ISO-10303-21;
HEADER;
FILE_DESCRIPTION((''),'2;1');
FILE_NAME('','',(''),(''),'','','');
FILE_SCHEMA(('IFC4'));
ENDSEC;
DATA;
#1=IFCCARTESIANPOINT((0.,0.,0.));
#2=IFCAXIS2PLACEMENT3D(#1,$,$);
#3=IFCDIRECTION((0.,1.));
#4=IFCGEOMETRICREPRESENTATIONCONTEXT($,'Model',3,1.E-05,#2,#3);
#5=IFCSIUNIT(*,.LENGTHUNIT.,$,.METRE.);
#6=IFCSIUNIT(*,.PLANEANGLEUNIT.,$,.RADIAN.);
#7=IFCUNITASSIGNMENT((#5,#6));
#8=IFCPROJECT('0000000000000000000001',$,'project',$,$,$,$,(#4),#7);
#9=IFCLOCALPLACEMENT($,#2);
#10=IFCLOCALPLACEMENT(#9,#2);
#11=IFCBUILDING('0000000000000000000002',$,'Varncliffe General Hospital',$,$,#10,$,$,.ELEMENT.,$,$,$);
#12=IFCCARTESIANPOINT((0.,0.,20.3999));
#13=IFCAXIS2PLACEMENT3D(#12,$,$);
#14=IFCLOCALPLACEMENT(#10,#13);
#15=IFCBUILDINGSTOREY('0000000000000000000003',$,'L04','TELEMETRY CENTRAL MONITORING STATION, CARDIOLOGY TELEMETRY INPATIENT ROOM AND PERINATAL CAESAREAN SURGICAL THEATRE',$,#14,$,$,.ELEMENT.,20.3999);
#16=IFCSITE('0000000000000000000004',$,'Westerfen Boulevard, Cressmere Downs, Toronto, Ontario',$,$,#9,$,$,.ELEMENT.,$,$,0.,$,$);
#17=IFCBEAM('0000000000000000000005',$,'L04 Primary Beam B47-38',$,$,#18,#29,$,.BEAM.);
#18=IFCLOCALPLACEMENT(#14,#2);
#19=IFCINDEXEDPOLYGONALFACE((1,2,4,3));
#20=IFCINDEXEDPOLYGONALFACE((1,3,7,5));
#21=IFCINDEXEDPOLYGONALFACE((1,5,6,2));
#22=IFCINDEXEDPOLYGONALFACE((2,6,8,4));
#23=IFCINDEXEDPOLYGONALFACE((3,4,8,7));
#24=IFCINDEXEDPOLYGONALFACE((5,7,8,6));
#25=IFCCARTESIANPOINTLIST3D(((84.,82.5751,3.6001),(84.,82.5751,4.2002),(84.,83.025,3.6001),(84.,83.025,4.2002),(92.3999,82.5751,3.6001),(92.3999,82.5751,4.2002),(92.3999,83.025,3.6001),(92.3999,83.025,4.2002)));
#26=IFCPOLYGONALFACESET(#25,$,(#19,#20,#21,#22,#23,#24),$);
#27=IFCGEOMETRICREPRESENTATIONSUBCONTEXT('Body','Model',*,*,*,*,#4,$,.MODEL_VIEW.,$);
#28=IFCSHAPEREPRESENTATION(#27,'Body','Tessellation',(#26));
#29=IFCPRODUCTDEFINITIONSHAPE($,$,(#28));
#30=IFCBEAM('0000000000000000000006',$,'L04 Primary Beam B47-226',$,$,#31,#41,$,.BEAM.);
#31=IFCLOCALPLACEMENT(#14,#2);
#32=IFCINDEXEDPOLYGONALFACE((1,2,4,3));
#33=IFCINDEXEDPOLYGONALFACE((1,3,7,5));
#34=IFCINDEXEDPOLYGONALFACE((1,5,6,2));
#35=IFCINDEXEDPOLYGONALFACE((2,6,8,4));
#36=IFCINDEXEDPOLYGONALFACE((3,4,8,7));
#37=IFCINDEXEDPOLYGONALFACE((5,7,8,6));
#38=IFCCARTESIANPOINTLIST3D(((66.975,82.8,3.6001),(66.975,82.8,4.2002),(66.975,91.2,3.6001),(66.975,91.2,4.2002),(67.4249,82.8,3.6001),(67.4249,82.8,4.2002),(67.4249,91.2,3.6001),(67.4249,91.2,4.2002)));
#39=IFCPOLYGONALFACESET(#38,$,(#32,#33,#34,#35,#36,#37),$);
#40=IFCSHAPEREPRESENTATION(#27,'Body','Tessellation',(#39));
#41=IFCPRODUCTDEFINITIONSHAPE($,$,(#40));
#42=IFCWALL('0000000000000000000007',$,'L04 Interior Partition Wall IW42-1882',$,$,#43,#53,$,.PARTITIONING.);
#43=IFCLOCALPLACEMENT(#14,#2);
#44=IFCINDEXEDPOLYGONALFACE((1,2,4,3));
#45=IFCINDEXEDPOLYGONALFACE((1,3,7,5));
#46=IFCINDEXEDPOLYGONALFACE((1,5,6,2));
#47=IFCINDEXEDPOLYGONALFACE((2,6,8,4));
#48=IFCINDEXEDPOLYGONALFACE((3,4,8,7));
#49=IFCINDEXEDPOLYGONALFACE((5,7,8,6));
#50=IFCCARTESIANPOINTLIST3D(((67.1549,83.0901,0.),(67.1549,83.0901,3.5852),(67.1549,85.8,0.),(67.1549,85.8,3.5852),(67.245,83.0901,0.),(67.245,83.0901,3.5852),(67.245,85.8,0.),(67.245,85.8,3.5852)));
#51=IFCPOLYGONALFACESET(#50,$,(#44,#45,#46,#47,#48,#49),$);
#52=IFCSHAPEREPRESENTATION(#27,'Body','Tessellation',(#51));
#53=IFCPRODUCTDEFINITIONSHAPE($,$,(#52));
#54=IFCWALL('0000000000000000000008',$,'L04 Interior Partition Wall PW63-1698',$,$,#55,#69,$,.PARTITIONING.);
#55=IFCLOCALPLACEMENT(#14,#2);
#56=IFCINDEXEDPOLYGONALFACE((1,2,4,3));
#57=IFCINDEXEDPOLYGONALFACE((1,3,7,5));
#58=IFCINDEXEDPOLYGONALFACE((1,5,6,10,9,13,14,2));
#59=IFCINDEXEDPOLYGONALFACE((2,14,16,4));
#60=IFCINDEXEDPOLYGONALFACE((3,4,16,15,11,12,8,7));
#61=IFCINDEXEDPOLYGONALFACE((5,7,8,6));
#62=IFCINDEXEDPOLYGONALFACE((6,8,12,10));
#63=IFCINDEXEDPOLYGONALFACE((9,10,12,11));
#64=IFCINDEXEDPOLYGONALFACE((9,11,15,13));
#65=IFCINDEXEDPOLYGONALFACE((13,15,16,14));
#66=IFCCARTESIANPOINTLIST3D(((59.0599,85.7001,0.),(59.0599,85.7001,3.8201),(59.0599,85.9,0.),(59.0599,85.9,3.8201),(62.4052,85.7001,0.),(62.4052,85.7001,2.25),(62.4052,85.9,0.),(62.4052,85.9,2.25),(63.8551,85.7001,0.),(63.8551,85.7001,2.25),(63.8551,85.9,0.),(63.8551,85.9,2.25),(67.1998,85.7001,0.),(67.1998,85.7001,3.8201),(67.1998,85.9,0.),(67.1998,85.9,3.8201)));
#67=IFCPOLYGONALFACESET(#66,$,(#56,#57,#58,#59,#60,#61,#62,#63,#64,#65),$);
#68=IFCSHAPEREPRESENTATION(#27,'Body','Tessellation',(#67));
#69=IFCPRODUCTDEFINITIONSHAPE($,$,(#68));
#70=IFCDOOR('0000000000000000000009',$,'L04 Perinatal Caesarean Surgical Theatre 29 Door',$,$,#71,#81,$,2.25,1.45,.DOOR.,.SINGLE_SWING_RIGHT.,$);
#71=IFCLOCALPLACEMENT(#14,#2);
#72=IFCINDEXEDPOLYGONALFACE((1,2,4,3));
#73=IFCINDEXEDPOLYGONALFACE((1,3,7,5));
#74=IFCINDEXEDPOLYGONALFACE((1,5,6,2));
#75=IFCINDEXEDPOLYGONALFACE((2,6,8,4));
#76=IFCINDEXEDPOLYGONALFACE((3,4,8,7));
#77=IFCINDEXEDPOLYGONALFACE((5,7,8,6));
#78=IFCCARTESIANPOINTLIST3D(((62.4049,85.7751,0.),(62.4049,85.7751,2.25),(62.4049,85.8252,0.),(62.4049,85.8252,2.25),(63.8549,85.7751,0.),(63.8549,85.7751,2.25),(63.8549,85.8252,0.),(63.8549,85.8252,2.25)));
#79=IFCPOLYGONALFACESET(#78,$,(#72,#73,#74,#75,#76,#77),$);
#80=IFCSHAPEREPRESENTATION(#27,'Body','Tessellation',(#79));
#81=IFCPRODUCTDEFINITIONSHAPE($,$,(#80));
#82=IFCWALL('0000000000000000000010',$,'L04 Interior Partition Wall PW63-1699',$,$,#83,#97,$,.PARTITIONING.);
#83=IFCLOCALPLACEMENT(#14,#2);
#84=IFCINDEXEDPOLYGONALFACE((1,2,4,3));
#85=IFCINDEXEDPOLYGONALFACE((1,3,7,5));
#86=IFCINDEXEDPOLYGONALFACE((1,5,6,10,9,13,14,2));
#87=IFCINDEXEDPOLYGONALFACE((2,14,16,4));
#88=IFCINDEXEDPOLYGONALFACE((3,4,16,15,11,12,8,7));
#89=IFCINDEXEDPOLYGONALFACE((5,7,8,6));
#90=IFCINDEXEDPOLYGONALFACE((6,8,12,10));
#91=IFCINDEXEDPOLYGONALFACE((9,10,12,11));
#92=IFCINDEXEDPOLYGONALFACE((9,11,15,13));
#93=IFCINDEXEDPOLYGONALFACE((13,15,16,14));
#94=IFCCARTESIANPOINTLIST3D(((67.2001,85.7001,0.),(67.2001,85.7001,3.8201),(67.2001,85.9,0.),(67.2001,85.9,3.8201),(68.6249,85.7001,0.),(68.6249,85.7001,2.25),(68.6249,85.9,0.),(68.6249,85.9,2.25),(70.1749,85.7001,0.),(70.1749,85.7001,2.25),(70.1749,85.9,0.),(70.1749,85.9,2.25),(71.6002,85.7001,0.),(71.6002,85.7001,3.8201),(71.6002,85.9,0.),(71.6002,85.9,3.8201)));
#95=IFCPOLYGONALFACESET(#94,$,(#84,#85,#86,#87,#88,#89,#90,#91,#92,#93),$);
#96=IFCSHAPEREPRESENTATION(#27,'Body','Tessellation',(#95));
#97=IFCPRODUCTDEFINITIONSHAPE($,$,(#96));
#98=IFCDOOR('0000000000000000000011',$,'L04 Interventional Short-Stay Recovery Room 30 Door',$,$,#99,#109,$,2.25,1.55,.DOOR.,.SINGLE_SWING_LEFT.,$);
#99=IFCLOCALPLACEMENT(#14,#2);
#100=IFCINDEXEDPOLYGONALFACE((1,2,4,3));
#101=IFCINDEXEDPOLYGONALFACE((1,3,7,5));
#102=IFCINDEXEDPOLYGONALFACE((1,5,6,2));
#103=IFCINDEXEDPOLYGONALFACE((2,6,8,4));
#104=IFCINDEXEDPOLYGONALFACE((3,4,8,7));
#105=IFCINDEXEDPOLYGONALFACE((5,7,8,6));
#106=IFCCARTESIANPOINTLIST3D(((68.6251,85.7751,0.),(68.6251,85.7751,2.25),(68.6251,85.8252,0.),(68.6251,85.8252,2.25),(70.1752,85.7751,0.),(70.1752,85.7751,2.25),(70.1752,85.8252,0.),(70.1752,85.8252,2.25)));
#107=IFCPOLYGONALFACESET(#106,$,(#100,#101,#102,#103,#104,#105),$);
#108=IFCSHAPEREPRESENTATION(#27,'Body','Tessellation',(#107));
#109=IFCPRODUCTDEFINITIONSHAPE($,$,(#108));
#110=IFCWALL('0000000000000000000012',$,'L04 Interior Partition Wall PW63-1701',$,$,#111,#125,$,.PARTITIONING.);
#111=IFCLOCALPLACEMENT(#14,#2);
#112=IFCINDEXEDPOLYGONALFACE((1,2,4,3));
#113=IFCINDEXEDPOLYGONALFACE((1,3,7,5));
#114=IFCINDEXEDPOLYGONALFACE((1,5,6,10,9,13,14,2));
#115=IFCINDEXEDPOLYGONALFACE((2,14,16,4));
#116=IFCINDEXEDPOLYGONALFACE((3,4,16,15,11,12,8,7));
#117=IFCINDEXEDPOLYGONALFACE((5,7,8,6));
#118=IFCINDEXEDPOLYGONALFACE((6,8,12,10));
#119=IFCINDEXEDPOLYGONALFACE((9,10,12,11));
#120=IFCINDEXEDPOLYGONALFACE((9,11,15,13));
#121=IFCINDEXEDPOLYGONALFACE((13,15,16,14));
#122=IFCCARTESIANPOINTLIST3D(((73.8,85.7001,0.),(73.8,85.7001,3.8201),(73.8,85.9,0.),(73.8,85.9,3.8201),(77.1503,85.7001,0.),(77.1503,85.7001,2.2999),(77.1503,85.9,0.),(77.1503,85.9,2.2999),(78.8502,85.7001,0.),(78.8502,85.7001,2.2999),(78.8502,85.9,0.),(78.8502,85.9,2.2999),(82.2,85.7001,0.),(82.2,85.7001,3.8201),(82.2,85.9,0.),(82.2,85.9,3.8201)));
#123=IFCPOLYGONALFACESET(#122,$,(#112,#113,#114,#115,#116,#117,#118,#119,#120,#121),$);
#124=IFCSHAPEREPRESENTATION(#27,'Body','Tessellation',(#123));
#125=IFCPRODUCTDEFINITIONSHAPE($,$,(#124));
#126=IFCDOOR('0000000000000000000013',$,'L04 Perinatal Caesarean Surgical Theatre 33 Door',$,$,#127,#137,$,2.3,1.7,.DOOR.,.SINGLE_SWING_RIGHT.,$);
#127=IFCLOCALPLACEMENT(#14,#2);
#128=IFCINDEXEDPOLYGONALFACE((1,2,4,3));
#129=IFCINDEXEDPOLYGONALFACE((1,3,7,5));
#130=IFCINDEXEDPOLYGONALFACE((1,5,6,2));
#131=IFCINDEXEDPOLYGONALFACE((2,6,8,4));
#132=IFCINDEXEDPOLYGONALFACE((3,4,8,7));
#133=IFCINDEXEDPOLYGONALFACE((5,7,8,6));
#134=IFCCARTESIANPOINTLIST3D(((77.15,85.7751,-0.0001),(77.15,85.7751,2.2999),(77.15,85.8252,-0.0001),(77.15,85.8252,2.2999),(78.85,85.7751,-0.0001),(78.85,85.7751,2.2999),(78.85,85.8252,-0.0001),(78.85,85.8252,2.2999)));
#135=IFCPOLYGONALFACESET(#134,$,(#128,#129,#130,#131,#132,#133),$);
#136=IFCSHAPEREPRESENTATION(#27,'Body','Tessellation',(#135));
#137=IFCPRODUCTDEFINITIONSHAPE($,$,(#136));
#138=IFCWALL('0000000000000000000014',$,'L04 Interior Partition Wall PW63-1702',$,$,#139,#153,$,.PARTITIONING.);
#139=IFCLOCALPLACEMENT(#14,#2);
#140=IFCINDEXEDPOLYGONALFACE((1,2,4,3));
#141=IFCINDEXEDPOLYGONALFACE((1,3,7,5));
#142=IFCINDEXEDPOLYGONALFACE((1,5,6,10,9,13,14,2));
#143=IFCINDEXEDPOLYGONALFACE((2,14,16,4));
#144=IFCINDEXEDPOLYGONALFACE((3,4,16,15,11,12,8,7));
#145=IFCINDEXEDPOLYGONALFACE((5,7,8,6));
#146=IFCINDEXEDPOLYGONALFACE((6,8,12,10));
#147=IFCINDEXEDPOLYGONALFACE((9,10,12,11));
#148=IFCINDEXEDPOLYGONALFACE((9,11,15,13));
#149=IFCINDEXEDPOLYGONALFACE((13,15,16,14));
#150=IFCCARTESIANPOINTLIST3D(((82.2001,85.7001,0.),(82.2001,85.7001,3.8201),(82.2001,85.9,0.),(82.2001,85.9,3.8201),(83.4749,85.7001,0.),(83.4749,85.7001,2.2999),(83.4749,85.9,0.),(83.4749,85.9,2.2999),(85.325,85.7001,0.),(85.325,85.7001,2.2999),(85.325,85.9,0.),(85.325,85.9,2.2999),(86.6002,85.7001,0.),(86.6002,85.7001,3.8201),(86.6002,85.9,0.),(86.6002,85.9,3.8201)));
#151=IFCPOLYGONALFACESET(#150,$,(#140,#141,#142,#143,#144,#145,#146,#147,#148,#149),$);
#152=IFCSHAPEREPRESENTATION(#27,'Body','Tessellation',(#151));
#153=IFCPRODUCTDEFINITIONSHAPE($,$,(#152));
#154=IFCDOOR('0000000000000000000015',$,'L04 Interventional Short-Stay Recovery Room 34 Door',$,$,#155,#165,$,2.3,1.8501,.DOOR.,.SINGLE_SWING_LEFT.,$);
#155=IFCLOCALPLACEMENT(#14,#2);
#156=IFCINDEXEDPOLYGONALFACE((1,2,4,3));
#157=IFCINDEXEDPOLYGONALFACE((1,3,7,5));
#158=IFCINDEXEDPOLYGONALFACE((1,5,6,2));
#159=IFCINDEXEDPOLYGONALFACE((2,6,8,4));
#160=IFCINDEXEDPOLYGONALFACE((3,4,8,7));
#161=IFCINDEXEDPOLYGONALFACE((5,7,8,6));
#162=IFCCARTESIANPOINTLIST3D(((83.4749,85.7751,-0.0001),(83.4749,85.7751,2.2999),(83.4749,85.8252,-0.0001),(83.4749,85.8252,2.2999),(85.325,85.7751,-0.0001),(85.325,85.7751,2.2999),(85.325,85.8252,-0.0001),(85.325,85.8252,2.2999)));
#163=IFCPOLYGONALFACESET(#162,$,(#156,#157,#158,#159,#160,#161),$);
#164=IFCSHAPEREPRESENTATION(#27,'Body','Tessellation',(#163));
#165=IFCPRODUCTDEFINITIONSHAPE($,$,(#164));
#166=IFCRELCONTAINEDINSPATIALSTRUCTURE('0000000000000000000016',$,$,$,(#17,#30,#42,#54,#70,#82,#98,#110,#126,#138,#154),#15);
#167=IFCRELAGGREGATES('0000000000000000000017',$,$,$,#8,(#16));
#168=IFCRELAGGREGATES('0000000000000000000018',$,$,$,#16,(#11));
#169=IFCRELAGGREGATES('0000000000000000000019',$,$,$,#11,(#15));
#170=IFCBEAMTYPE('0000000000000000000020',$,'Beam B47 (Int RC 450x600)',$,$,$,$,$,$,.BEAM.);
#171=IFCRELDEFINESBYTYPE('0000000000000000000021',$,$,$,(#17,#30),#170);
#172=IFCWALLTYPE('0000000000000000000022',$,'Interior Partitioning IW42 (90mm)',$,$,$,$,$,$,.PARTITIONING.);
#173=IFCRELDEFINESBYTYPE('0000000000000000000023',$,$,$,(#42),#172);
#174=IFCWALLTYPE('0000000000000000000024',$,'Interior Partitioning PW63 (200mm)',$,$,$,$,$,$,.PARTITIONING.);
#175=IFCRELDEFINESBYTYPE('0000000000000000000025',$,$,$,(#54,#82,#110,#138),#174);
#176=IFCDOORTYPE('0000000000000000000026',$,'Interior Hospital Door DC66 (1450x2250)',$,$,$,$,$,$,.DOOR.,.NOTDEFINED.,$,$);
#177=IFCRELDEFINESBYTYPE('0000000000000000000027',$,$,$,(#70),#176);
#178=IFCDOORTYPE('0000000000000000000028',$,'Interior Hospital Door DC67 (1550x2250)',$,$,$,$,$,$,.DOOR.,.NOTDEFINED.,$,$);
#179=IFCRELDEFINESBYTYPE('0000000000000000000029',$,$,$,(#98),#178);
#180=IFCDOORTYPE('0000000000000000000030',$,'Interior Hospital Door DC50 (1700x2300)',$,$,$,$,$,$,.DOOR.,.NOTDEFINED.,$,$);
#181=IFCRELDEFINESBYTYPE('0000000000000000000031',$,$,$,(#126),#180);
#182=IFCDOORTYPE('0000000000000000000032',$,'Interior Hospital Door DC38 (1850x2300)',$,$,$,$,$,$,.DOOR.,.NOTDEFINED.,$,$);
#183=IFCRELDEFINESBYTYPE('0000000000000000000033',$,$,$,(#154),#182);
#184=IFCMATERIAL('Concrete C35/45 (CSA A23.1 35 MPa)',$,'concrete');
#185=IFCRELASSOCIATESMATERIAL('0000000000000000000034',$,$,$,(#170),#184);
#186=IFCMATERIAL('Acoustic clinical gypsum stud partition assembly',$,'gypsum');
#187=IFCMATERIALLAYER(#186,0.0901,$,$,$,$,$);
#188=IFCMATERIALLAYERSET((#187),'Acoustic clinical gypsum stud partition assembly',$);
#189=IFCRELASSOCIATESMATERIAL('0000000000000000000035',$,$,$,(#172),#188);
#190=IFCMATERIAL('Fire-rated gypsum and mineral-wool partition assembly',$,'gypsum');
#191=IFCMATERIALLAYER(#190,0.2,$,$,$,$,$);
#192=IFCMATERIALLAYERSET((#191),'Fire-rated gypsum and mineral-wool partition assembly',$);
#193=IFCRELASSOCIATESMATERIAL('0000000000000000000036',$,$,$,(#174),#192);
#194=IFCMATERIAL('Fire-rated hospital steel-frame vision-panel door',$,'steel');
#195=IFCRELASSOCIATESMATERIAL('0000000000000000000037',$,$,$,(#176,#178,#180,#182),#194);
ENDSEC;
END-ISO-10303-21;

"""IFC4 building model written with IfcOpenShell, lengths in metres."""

from ifc_helpers import new_model, si_unit, direction, frame, frame_2d, origin, origin_2d, place, context, subcontext, project, spatial, rectangle, extrude, material, layer, layer_set, material_profile, profile_set, type_object, element, fill, save


model = new_model("IFC4")

# Units and contexts
model_context = context("Model", 3, precision=1e-05, world=origin(), true_north=direction((0.0, 1.0)))
body_context = subcontext(model_context, "Body", "Model", "MODEL_VIEW")
ifc_project = project(units=[si_unit("LENGTHUNIT", "METRE"), si_unit("PLANEANGLEUNIT", "RADIAN")], contexts=[model_context])

# Site, building, storey
site_placement = place(None, origin())
site = spatial("IfcSite", under=ifc_project, at=site_placement, Name="Westerfen Boulevard, Cressmere Downs, Toronto, Ontario", CompositionType="ELEMENT", RefElevation=0.0)
building_placement = place(site_placement, origin())
building = spatial("IfcBuilding", under=site, at=building_placement, Name="Varncliffe General Hospital", CompositionType="ELEMENT")
storey_placement = place(building_placement, frame((0.0, 0.0, 20.3999)))
storey = spatial("IfcBuildingStorey", under=building, at=storey_placement, Name="L04", Description="TELEMETRY CENTRAL MONITORING STATION, CARDIOLOGY TELEMETRY INPATIENT ROOM AND PERINATAL CAESAREAN SURGICAL THEATRE", CompositionType="ELEMENT", Elevation=20.3999)

# Beams
ifc_material_1 = material(Name="Concrete C35/45 (CSA A23.1 35 MPa)", Category="concrete")
ifc_material_profile_1 = material_profile(ifc_material_1, rectangle(XDim=0.45, YDim=0.6001, at=origin_2d()), Name="RC 450x600")
ifc_profile_set_1 = profile_set([ifc_material_profile_1], Name="Concrete C35/45 (CSA A23.1 35 MPa)")
beam_type_1 = type_object("IfcBeamType", Name="Beam B47 (Int RC 450x600)", PredefinedType="BEAM", material=ifc_profile_set_1)
for number, where, z_axis, x_axis, name in (
    (1, (84.0, 82.8, 3.9001), (1.0, 0.0, 0.0), (0.0, 1.0, 0.0), "L04 Primary Beam B47-38"),
    (2, (67.2, 82.8, 3.9001), (0.0, 1.0, 0.0), (-1.0, 0.0, 0.0), "L04 Primary Beam B47-226"),
):
    element("IfcBeam", number, at=place(storey_placement, frame(where, z_axis=z_axis, x_axis=x_axis)), inside=storey, type_object=beam_type_1, Name=name, PredefinedType="BEAM", context=body_context, shape_type="SweptSolid", body=[
        extrude(rectangle(XDim=0.45, YDim=0.6001, at=origin_2d()), origin(), (0.0, 0.0, 1.0), 8.3999),
    ])

# Wall
ifc_material_2 = material(Name="Acoustic clinical gypsum stud partition assembly", Category="gypsum")
ifc_layer_1 = layer(ifc_material_2, 0.0901)
ifc_layer_set_1 = layer_set([ifc_layer_1], Name="Acoustic clinical gypsum stud partition assembly")
wall_type_1 = type_object("IfcWallType", Name="Interior Partitioning IW42 (90mm)", PredefinedType="PARTITIONING", material=ifc_layer_set_1)
wall_1_placement = place(storey_placement, frame((67.2, 83.0901, 0.0), z_axis=(0.0, 0.0, 1.0), x_axis=(0.0, 1.0, 0.0)))
element("IfcWall", 3, at=wall_1_placement, inside=storey, type_object=wall_type_1, Name="L04 Interior Partition Wall IW42-1882", PredefinedType="PARTITIONING", context=body_context, shape_type="SweptSolid", body=[
    extrude(rectangle(XDim=2.71, YDim=0.0901, at=frame_2d((1.355, 0.0))), origin(), (0.0, 0.0, 1.0), 3.5852),
])

# Walls, openings, doors
ifc_material_3 = material(Name="Fire-rated gypsum and mineral-wool partition assembly", Category="gypsum")
ifc_layer_2 = layer(ifc_material_3, 0.2)
ifc_layer_set_2 = layer_set([ifc_layer_2], Name="Fire-rated gypsum and mineral-wool partition assembly")
wall_type_2 = type_object("IfcWallType", Name="Interior Partitioning PW63 (200mm)", PredefinedType="PARTITIONING", material=ifc_layer_set_2)
wall_2_placement = place(storey_placement, frame((59.0601, 85.8, 0.0), z_axis=(0.0, 0.0, 1.0), x_axis=(1.0, 0.0, 0.0)))
wall_2 = element("IfcWall", 4, at=wall_2_placement, inside=storey, type_object=wall_type_2, Name="L04 Interior Partition Wall PW63-1698", PredefinedType="PARTITIONING", context=body_context, shape_type="SweptSolid", body=[
    extrude(rectangle(XDim=8.1399, YDim=0.2, at=frame_2d((4.0698, 0.0))), origin(), (0.0, 0.0, 1.0), 3.8201),
])
opening_1_placement = place(wall_2_placement, frame((3.345, 0.0, 0.0)))
opening_1 = element("IfcOpeningElement", 5, at=opening_1_placement, cuts=wall_2, PredefinedType="OPENING", context=body_context, shape_type="SweptSolid", body=[
    extrude(rectangle(XDim=1.45, YDim=2.25, at=frame_2d((0.7251, 1.125))), frame((0.0, 0.1099, 0.0), z_axis=(0.0, -1.0, 0.0), x_axis=(1.0, 0.0, 0.0)), (0.0, 0.0, 1.0), 0.22),
])
ifc_material_4 = material(Name="Fire-rated hospital steel-frame vision-panel door", Category="steel")
door_type_1 = type_object("IfcDoorType", Name="Interior Hospital Door DC66 (1450x2250)", OperationType="NOTDEFINED", PredefinedType="DOOR", material=ifc_material_4)
door_1_placement = place(opening_1_placement, frame((1.45, 0.0, 0.0), z_axis=(0.0, 0.0, 1.0), x_axis=(-1.0, 0.0, 0.0)))
door_1 = element("IfcDoor", 6, at=door_1_placement, inside=storey, type_object=door_type_1, Name="L04 Perinatal Caesarean Surgical Theatre 29 Door", OperationType="SINGLE_SWING_RIGHT", OverallHeight=2.25, OverallWidth=1.45, PredefinedType="DOOR", context=body_context, shape_type="SweptSolid", body=[
    extrude(rectangle(XDim=1.45, YDim=2.25, at=frame_2d((0.7251, 1.125))), frame((0.0, 0.0249, 0.0), z_axis=(0.0, -1.0, 0.0), x_axis=(1.0, 0.0, 0.0)), (0.0, 0.0, 1.0), 0.05),
])
fill(opening_1, door_1)
wall_3_placement = place(storey_placement, frame((67.2, 85.8, 0.0), z_axis=(0.0, 0.0, 1.0), x_axis=(1.0, 0.0, 0.0)))
wall_3 = element("IfcWall", 7, at=wall_3_placement, inside=storey, type_object=wall_type_2, Name="L04 Interior Partition Wall PW63-1699", PredefinedType="PARTITIONING", context=body_context, shape_type="SweptSolid", body=[
    extrude(rectangle(XDim=4.4001, YDim=0.2, at=frame_2d((2.2002, 0.0))), origin(), (0.0, 0.0, 1.0), 3.8201),
])
opening_2_placement = place(wall_3_placement, frame((1.425, 0.0, 0.0)))
opening_2 = element("IfcOpeningElement", 8, at=opening_2_placement, cuts=wall_3, PredefinedType="OPENING", context=body_context, shape_type="SweptSolid", body=[
    extrude(rectangle(XDim=1.55, YDim=2.25, at=frame_2d((0.7749, 1.125))), frame((0.0, 0.1099, 0.0), z_axis=(0.0, -1.0, 0.0), x_axis=(1.0, 0.0, 0.0)), (0.0, 0.0, 1.0), 0.22),
])
door_type_2 = type_object("IfcDoorType", Name="Interior Hospital Door DC67 (1550x2250)", OperationType="NOTDEFINED", PredefinedType="DOOR", material=ifc_material_4)
door_2_placement = place(opening_2_placement, frame((1.55, 0.0, 0.0), z_axis=(0.0, 0.0, 1.0), x_axis=(-1.0, 0.0, 0.0)))
door_2 = element("IfcDoor", 9, at=door_2_placement, inside=storey, type_object=door_type_2, Name="L04 Interventional Short-Stay Recovery Room 30 Door", OperationType="SINGLE_SWING_LEFT", OverallHeight=2.25, OverallWidth=1.55, PredefinedType="DOOR", context=body_context, shape_type="SweptSolid", body=[
    extrude(rectangle(XDim=1.55, YDim=2.25, at=frame_2d((0.7749, 1.125))), frame((0.0, 0.0249, 0.0), z_axis=(0.0, -1.0, 0.0), x_axis=(1.0, 0.0, 0.0)), (0.0, 0.0, 1.0), 0.05),
])
fill(opening_2, door_2)
wall_4_placement = place(storey_placement, frame((73.8, 85.8, 0.0), z_axis=(0.0, 0.0, 1.0), x_axis=(1.0, 0.0, 0.0)))
wall_4 = element("IfcWall", 10, at=wall_4_placement, inside=storey, type_object=wall_type_2, Name="L04 Interior Partition Wall PW63-1701", PredefinedType="PARTITIONING", context=body_context, shape_type="SweptSolid", body=[
    extrude(rectangle(XDim=8.3999, YDim=0.2, at=frame_2d((4.2, 0.0))), origin(), (0.0, 0.0, 1.0), 3.8201),
])
opening_3_placement = place(wall_4_placement, frame((3.3501, 0.0, 0.0)))
opening_3 = element("IfcOpeningElement", 11, at=opening_3_placement, cuts=wall_4, PredefinedType="OPENING", context=body_context, shape_type="SweptSolid", body=[
    extrude(rectangle(XDim=1.7, YDim=2.3, at=frame_2d((0.8501, 1.1499))), frame((0.0, 0.1099, 0.0), z_axis=(0.0, -1.0, 0.0), x_axis=(1.0, 0.0, 0.0)), (0.0, 0.0, 1.0), 0.22),
])
door_type_3 = type_object("IfcDoorType", Name="Interior Hospital Door DC50 (1700x2300)", OperationType="NOTDEFINED", PredefinedType="DOOR", material=ifc_material_4)
door_3_placement = place(opening_3_placement, frame((1.7, 0.0, 0.0), z_axis=(0.0, 0.0, 1.0), x_axis=(-1.0, 0.0, 0.0)))
door_3 = element("IfcDoor", 12, at=door_3_placement, inside=storey, type_object=door_type_3, Name="L04 Perinatal Caesarean Surgical Theatre 33 Door", OperationType="SINGLE_SWING_RIGHT", OverallHeight=2.3, OverallWidth=1.7, PredefinedType="DOOR", context=body_context, shape_type="SweptSolid", body=[
    extrude(rectangle(XDim=1.7, YDim=2.3, at=frame_2d((0.8501, 1.1499))), frame((0.0, 0.0249, 0.0), z_axis=(0.0, -1.0, 0.0), x_axis=(1.0, 0.0, 0.0)), (0.0, 0.0, 1.0), 0.05),
])
fill(opening_3, door_3)
wall_5_placement = place(storey_placement, frame((82.2, 85.8, 0.0), z_axis=(0.0, 0.0, 1.0), x_axis=(1.0, 0.0, 0.0)))
wall_5 = element("IfcWall", 13, at=wall_5_placement, inside=storey, type_object=wall_type_2, Name="L04 Interior Partition Wall PW63-1702", PredefinedType="PARTITIONING", context=body_context, shape_type="SweptSolid", body=[
    extrude(rectangle(XDim=4.4001, YDim=0.2, at=frame_2d((2.2002, 0.0))), origin(), (0.0, 0.0, 1.0), 3.8201),
])
opening_4_placement = place(wall_5_placement, frame((1.2749, 0.0, 0.0)))
opening_4 = element("IfcOpeningElement", 14, at=opening_4_placement, cuts=wall_5, PredefinedType="OPENING", context=body_context, shape_type="SweptSolid", body=[
    extrude(rectangle(XDim=1.8501, YDim=2.3, at=frame_2d((0.925, 1.1499))), frame((0.0, 0.1099, 0.0), z_axis=(0.0, -1.0, 0.0), x_axis=(1.0, 0.0, 0.0)), (0.0, 0.0, 1.0), 0.22),
])
door_type_4 = type_object("IfcDoorType", Name="Interior Hospital Door DC38 (1850x2300)", OperationType="NOTDEFINED", PredefinedType="DOOR", material=ifc_material_4)
door_4_placement = place(opening_4_placement, frame((1.8501, 0.0, 0.0), z_axis=(0.0, 0.0, 1.0), x_axis=(-1.0, 0.0, 0.0)))
door_4 = element("IfcDoor", 15, at=door_4_placement, inside=storey, type_object=door_type_4, Name="L04 Interventional Short-Stay Recovery Room 34 Door", OperationType="SINGLE_SWING_LEFT", OverallHeight=2.3, OverallWidth=1.8501, PredefinedType="DOOR", context=body_context, shape_type="SweptSolid", body=[
    extrude(rectangle(XDim=1.8501, YDim=2.3, at=frame_2d((0.925, 1.1499))), frame((0.0, 0.0249, 0.0), z_axis=(0.0, -1.0, 0.0), x_axis=(1.0, 0.0, 0.0)), (0.0, 0.0, 1.0), 0.05),
])
fill(opening_4, door_4)

save(model, "model.ifc")
